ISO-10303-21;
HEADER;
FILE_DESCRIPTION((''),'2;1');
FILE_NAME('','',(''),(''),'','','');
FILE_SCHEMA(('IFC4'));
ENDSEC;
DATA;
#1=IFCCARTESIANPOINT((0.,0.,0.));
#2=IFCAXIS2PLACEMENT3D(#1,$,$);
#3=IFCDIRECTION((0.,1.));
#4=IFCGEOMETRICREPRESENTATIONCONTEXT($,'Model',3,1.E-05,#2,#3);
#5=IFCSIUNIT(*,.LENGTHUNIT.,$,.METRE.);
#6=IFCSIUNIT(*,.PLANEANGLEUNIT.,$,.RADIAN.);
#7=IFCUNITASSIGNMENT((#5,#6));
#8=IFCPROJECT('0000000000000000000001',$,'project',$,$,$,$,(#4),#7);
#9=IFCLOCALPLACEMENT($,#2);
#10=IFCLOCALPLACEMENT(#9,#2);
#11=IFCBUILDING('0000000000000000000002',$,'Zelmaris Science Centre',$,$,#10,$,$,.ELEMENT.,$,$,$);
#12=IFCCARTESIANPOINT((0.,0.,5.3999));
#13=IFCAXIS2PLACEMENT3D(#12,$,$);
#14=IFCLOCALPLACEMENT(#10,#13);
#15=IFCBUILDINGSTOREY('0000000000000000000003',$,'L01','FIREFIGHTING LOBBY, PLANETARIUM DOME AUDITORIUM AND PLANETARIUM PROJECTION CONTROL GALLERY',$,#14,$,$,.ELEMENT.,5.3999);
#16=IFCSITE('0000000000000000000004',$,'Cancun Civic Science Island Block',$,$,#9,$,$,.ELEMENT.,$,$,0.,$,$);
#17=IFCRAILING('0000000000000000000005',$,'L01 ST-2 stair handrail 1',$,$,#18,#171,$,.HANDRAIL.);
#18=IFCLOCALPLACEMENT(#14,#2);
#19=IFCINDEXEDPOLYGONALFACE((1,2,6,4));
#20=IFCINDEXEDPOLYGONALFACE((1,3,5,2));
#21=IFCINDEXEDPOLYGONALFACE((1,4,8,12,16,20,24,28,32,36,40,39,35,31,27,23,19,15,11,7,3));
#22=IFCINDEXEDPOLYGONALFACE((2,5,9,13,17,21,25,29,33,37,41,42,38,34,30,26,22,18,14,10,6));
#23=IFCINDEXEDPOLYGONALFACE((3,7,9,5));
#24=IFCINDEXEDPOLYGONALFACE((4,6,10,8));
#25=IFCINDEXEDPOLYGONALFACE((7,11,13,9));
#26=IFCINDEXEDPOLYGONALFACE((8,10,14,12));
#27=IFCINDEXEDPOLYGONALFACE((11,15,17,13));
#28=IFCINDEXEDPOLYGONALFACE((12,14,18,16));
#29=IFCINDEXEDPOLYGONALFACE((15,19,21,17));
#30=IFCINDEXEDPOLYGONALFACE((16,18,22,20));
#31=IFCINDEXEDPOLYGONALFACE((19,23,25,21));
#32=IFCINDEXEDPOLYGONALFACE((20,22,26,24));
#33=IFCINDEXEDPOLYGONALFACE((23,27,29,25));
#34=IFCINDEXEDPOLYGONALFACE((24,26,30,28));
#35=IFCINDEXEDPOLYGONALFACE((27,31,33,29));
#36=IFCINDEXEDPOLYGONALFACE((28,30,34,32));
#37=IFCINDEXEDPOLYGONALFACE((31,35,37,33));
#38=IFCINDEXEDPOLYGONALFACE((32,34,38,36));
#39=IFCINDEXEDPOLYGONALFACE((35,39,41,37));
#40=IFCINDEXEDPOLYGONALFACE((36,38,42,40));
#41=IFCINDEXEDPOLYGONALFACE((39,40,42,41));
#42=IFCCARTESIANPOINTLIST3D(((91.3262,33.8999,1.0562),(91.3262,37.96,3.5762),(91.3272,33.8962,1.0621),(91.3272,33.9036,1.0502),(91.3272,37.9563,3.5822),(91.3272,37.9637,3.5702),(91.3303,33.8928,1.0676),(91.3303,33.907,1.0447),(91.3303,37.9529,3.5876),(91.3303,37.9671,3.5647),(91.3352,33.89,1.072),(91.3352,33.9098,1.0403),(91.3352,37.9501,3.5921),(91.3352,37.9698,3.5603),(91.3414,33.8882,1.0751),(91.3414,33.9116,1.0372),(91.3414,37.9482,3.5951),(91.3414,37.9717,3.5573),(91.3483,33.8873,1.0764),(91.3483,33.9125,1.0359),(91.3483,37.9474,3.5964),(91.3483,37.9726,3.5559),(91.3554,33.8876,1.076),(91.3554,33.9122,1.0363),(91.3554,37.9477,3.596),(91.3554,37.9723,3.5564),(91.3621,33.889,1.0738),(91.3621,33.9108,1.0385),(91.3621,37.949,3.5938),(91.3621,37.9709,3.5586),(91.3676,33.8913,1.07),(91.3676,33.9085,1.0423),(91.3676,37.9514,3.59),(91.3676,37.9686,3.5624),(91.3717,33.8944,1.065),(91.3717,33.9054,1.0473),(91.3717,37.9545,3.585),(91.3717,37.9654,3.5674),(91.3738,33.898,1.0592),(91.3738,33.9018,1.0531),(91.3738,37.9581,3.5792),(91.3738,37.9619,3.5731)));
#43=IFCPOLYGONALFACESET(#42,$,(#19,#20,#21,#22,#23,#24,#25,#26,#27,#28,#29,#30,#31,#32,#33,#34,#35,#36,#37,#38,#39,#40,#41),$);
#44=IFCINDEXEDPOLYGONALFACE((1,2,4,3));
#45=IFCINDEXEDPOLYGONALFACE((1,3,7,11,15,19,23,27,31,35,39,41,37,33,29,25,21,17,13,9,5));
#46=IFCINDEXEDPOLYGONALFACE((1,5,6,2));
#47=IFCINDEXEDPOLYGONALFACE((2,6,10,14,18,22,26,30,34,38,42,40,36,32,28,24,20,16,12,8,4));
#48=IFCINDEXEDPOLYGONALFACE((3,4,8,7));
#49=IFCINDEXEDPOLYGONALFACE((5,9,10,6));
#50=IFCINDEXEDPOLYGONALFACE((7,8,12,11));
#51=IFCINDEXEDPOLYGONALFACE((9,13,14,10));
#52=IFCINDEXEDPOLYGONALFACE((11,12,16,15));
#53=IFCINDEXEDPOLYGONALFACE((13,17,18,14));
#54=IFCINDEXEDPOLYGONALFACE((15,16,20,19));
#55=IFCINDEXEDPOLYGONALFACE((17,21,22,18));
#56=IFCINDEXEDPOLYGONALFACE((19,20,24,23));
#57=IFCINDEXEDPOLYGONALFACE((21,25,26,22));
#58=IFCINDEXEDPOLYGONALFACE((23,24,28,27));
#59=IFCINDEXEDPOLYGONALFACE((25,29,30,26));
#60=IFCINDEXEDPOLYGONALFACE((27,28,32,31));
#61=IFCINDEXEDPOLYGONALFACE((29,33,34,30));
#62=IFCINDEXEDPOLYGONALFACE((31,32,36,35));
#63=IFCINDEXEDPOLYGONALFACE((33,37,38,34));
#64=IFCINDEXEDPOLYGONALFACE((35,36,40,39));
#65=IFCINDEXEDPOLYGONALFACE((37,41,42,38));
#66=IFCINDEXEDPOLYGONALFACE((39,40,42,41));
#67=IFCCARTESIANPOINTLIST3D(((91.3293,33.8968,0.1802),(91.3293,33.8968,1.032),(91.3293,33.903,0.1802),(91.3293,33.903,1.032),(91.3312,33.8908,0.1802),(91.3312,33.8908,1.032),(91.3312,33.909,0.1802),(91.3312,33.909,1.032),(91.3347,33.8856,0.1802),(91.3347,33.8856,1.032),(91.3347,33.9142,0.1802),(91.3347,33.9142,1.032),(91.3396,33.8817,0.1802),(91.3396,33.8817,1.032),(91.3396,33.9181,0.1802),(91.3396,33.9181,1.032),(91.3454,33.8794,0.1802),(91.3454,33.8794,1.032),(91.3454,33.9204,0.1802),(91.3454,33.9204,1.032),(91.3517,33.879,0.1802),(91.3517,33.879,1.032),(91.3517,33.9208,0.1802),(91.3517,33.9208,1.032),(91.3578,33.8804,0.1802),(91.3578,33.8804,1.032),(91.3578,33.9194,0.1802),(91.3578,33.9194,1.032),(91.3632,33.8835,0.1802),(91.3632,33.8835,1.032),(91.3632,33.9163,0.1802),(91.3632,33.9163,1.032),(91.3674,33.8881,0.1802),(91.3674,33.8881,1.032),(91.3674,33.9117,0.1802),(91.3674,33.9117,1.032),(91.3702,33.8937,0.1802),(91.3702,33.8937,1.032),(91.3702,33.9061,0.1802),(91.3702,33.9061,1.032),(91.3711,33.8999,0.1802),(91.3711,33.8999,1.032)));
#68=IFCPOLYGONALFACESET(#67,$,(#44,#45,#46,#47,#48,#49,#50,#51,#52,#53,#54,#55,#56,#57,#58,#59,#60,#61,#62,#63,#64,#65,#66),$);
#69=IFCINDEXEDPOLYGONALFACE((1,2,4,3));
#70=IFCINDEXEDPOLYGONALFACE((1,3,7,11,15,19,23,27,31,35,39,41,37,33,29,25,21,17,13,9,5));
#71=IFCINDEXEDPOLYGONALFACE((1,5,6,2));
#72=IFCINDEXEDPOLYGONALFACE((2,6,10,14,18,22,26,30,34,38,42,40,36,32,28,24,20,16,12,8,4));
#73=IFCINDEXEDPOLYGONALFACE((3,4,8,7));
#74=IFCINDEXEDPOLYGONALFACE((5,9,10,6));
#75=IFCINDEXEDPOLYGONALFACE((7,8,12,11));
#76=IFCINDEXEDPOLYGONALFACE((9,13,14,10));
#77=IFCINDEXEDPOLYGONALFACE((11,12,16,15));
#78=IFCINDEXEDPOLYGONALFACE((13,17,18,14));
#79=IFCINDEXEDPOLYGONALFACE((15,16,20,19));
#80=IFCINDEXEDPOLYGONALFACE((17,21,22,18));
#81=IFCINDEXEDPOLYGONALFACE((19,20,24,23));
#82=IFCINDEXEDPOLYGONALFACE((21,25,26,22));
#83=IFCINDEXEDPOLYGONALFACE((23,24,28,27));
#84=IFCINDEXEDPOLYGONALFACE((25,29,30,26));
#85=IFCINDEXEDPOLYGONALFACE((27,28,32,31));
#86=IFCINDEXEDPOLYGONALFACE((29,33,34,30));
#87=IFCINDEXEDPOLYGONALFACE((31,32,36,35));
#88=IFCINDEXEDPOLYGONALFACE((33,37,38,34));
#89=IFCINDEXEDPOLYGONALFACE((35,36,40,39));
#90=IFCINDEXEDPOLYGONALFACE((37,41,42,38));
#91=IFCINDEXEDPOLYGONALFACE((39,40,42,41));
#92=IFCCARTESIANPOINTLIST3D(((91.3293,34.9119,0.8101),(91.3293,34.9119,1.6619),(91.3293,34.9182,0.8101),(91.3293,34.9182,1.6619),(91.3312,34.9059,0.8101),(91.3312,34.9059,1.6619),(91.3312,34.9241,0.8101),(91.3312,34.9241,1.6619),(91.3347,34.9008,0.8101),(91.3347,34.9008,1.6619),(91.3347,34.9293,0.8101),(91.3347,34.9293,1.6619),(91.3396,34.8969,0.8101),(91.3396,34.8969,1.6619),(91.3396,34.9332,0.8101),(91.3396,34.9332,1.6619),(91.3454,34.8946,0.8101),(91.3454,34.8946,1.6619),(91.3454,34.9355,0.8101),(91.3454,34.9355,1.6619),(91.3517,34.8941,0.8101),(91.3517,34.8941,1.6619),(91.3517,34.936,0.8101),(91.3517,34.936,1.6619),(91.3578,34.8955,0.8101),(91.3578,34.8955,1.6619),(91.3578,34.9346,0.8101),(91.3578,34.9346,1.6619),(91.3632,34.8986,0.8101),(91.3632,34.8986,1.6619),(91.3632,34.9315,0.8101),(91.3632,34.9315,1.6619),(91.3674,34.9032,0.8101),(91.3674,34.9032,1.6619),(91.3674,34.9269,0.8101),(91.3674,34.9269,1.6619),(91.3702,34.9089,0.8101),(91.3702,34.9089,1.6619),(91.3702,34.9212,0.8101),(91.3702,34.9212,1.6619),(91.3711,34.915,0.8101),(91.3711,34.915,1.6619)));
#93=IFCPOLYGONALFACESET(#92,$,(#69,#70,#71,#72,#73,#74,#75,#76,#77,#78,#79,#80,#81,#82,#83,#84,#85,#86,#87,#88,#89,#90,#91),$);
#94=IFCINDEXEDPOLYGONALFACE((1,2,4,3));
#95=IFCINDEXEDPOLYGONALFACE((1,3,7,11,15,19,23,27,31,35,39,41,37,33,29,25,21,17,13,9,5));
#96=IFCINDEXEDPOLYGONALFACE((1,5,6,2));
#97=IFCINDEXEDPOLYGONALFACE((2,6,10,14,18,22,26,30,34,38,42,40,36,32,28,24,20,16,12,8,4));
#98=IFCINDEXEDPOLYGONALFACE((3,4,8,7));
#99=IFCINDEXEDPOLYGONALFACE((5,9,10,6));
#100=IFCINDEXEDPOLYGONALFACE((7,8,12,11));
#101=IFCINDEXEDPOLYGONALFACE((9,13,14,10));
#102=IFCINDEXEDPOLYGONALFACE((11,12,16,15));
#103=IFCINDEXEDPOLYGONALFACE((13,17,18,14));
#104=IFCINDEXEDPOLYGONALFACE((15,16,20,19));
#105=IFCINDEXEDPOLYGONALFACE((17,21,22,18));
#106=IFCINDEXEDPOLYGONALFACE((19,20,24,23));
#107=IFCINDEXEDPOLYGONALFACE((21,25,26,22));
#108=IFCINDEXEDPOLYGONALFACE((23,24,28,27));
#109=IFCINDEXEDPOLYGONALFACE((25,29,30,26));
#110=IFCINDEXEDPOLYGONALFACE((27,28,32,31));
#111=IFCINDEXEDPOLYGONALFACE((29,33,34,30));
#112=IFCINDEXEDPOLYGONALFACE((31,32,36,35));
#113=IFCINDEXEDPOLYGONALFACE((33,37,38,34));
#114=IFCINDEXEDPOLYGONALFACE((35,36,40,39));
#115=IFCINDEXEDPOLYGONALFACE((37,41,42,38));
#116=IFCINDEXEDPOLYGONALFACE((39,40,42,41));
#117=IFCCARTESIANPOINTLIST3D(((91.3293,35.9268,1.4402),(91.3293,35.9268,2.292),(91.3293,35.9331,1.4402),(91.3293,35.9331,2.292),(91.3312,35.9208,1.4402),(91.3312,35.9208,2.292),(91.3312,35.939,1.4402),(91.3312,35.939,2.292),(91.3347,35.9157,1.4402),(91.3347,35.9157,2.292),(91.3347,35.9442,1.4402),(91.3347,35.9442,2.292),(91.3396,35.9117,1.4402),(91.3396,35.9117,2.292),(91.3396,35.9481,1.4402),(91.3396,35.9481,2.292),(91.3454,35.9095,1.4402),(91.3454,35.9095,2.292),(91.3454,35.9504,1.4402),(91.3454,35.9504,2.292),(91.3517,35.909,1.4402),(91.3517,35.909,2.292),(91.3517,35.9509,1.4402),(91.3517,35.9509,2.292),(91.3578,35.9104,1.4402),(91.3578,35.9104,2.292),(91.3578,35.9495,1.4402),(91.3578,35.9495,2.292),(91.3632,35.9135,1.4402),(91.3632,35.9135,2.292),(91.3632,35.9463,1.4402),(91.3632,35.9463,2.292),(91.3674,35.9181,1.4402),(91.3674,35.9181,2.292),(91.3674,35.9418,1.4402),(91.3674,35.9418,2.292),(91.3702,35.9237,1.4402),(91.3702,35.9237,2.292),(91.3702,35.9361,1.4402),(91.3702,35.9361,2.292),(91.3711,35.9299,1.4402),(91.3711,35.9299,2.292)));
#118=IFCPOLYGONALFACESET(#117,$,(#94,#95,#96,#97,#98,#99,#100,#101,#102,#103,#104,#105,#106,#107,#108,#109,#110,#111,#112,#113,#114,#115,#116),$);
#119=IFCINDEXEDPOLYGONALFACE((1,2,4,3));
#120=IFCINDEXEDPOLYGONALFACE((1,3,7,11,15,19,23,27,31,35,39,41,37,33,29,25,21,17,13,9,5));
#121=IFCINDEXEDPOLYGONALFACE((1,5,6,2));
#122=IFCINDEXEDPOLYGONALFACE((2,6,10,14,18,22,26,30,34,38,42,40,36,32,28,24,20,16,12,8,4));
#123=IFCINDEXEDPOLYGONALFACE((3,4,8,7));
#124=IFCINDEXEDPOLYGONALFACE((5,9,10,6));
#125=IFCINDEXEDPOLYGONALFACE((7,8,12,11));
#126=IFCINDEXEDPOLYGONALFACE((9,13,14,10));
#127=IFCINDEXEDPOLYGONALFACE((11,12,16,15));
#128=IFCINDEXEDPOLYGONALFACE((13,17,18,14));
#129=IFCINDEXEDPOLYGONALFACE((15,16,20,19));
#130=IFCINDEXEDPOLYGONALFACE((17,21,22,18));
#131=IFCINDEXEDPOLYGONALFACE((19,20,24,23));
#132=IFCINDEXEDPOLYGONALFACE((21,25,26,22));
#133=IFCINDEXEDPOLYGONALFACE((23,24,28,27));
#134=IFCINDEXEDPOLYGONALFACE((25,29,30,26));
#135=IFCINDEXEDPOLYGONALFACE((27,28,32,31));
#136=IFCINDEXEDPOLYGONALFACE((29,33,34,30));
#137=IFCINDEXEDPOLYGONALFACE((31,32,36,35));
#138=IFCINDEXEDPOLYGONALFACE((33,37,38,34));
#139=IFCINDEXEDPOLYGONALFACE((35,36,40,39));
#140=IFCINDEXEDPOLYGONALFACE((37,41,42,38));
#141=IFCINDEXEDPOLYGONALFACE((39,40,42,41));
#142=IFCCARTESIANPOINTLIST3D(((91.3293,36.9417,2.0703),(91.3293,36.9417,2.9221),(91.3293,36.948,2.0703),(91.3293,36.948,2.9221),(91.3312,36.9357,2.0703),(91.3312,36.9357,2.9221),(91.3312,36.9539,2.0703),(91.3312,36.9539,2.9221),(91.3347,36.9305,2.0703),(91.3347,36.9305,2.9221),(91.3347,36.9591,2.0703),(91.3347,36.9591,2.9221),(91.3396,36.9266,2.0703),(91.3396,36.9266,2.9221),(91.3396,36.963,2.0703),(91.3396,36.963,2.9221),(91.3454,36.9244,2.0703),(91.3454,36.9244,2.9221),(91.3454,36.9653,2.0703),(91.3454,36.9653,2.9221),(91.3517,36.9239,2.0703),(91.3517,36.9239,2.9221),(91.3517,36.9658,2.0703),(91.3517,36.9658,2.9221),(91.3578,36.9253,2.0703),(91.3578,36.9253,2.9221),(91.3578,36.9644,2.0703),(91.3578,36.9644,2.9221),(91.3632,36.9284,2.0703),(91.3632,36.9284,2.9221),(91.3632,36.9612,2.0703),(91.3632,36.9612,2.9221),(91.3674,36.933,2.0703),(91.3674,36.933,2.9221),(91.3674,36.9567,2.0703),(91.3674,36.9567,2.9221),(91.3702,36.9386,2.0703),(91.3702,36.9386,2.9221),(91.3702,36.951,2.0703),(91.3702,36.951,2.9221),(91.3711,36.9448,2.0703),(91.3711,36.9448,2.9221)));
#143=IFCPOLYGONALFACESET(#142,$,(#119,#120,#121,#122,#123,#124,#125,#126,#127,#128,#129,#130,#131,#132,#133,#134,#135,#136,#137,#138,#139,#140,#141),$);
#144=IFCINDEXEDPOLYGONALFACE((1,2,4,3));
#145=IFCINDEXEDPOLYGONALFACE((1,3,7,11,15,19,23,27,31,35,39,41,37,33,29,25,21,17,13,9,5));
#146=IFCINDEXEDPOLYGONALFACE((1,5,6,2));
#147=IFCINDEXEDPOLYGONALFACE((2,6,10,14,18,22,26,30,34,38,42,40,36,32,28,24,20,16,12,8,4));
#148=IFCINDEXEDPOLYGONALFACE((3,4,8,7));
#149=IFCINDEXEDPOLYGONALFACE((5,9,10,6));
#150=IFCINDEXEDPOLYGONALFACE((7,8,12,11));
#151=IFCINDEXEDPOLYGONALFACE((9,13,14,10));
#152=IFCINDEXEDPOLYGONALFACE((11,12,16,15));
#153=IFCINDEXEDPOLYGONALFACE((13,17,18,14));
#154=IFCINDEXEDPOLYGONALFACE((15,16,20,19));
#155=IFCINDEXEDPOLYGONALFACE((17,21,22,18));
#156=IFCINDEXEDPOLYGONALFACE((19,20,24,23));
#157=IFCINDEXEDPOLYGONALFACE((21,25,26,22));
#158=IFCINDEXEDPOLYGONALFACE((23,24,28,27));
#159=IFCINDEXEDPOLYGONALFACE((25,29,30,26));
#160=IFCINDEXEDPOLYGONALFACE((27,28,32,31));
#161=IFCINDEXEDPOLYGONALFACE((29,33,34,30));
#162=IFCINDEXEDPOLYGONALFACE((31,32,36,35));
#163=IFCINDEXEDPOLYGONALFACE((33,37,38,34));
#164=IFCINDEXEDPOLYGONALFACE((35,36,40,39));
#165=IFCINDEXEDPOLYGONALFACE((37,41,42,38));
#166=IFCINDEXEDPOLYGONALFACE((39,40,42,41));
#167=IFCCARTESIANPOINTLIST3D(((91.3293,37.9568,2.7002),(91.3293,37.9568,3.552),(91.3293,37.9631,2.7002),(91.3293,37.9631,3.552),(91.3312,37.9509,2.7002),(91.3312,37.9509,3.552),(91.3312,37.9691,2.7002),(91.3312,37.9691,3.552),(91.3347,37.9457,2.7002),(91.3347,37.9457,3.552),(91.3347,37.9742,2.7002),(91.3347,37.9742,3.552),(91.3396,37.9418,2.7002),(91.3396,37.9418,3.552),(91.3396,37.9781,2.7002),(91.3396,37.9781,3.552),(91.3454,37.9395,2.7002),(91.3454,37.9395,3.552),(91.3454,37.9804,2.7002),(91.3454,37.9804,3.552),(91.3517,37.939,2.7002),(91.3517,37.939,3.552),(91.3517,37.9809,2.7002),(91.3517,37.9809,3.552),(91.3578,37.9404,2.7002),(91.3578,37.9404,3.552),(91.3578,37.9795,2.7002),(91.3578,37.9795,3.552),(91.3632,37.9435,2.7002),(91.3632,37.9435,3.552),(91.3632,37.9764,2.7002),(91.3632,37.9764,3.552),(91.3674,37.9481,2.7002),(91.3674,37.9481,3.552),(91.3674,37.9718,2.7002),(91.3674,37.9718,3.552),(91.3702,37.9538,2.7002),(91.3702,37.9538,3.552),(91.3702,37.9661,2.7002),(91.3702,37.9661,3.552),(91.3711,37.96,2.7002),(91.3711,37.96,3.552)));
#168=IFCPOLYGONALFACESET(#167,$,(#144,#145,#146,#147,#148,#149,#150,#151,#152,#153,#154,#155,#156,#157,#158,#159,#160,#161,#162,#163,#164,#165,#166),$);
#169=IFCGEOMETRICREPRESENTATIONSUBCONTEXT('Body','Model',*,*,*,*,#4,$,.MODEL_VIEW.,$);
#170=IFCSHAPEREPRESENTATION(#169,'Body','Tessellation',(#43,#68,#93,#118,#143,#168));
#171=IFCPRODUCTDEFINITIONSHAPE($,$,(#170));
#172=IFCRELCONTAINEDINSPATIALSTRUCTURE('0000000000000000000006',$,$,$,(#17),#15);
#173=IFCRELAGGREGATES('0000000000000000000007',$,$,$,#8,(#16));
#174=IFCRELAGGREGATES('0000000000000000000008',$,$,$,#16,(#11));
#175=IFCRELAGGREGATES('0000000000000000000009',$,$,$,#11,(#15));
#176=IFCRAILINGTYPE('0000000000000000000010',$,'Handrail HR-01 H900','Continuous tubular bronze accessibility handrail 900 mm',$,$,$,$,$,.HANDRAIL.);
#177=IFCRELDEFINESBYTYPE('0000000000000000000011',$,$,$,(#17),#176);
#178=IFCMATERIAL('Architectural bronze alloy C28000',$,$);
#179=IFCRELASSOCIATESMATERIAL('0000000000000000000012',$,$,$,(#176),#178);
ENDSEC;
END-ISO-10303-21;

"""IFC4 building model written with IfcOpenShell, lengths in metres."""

from ifc_helpers import new_model, si_unit, direction, frame, origin, origin_2d, place, context, subcontext, project, spatial, circle, extrude, material, type_object, element, save


model = new_model("IFC4")

# Units and contexts
model_context = context("Model", 3, precision=1e-05, world=origin(), true_north=direction((0.0, 1.0)))
body_context = subcontext(model_context, "Body", "Model", "MODEL_VIEW")
ifc_project = project(units=[si_unit("LENGTHUNIT", "METRE"), si_unit("PLANEANGLEUNIT", "RADIAN")], contexts=[model_context])

# Site, building, storey
site_placement = place(None, origin())
site = spatial("IfcSite", under=ifc_project, at=site_placement, Name="Cancun Civic Science Island Block", CompositionType="ELEMENT", RefElevation=0.0)
building_placement = place(site_placement, origin())
building = spatial("IfcBuilding", under=site, at=building_placement, Name="Zelmaris Science Centre", CompositionType="ELEMENT")
storey_placement = place(building_placement, frame((0.0, 0.0, 5.3999)))
storey = spatial("IfcBuildingStorey", under=building, at=storey_placement, Name="L01", Description="FIREFIGHTING LOBBY, PLANETARIUM DOME AUDITORIUM AND PLANETARIUM PROJECTION CONTROL GALLERY", CompositionType="ELEMENT", Elevation=5.3999)

# Railing
ifc_material_1 = material(Name="Architectural bronze alloy C28000")
railing_type_1 = type_object("IfcRailingType", Name="Handrail HR-01 H900", Description="Continuous tubular bronze accessibility handrail 900 mm", PredefinedType="HANDRAIL", material=ifc_material_1)
railing_1_placement = place(storey_placement, frame((91.3501, 33.8999, 0.1802)))
element("IfcRailing", 1, at=railing_1_placement, inside=storey, type_object=railing_type_1, Name="L01 ST-2 stair handrail 1", PredefinedType="HANDRAIL", context=body_context, shape_type="SweptSolid", body=[
    extrude(circle(Radius=0.0239, at=origin_2d()), frame((0.0, 0.0, 0.876), z_axis=(0.0, 0.849642, 0.52736), x_axis=(-1.0, 0.0, 0.0)), (0.0, 0.0, 1.0), 4.7786),
    extrude(circle(Radius=0.021, at=origin_2d()), origin(), (0.0, 0.0, 1.0), 0.8518),
    extrude(circle(Radius=0.021, at=origin_2d()), frame((0.0, 1.0151, 0.6299)), (0.0, 0.0, 1.0), 0.8518),
    extrude(circle(Radius=0.021, at=origin_2d()), frame((0.0, 2.03, 1.26)), (0.0, 0.0, 1.0), 0.8518),
    extrude(circle(Radius=0.021, at=origin_2d()), frame((0.0, 3.0449, 1.8901)), (0.0, 0.0, 1.0), 0.8518),
    extrude(circle(Radius=0.021, at=origin_2d()), frame((0.0, 4.0601, 2.52)), (0.0, 0.0, 1.0), 0.8518),
])

save(model, "model.ifc")
